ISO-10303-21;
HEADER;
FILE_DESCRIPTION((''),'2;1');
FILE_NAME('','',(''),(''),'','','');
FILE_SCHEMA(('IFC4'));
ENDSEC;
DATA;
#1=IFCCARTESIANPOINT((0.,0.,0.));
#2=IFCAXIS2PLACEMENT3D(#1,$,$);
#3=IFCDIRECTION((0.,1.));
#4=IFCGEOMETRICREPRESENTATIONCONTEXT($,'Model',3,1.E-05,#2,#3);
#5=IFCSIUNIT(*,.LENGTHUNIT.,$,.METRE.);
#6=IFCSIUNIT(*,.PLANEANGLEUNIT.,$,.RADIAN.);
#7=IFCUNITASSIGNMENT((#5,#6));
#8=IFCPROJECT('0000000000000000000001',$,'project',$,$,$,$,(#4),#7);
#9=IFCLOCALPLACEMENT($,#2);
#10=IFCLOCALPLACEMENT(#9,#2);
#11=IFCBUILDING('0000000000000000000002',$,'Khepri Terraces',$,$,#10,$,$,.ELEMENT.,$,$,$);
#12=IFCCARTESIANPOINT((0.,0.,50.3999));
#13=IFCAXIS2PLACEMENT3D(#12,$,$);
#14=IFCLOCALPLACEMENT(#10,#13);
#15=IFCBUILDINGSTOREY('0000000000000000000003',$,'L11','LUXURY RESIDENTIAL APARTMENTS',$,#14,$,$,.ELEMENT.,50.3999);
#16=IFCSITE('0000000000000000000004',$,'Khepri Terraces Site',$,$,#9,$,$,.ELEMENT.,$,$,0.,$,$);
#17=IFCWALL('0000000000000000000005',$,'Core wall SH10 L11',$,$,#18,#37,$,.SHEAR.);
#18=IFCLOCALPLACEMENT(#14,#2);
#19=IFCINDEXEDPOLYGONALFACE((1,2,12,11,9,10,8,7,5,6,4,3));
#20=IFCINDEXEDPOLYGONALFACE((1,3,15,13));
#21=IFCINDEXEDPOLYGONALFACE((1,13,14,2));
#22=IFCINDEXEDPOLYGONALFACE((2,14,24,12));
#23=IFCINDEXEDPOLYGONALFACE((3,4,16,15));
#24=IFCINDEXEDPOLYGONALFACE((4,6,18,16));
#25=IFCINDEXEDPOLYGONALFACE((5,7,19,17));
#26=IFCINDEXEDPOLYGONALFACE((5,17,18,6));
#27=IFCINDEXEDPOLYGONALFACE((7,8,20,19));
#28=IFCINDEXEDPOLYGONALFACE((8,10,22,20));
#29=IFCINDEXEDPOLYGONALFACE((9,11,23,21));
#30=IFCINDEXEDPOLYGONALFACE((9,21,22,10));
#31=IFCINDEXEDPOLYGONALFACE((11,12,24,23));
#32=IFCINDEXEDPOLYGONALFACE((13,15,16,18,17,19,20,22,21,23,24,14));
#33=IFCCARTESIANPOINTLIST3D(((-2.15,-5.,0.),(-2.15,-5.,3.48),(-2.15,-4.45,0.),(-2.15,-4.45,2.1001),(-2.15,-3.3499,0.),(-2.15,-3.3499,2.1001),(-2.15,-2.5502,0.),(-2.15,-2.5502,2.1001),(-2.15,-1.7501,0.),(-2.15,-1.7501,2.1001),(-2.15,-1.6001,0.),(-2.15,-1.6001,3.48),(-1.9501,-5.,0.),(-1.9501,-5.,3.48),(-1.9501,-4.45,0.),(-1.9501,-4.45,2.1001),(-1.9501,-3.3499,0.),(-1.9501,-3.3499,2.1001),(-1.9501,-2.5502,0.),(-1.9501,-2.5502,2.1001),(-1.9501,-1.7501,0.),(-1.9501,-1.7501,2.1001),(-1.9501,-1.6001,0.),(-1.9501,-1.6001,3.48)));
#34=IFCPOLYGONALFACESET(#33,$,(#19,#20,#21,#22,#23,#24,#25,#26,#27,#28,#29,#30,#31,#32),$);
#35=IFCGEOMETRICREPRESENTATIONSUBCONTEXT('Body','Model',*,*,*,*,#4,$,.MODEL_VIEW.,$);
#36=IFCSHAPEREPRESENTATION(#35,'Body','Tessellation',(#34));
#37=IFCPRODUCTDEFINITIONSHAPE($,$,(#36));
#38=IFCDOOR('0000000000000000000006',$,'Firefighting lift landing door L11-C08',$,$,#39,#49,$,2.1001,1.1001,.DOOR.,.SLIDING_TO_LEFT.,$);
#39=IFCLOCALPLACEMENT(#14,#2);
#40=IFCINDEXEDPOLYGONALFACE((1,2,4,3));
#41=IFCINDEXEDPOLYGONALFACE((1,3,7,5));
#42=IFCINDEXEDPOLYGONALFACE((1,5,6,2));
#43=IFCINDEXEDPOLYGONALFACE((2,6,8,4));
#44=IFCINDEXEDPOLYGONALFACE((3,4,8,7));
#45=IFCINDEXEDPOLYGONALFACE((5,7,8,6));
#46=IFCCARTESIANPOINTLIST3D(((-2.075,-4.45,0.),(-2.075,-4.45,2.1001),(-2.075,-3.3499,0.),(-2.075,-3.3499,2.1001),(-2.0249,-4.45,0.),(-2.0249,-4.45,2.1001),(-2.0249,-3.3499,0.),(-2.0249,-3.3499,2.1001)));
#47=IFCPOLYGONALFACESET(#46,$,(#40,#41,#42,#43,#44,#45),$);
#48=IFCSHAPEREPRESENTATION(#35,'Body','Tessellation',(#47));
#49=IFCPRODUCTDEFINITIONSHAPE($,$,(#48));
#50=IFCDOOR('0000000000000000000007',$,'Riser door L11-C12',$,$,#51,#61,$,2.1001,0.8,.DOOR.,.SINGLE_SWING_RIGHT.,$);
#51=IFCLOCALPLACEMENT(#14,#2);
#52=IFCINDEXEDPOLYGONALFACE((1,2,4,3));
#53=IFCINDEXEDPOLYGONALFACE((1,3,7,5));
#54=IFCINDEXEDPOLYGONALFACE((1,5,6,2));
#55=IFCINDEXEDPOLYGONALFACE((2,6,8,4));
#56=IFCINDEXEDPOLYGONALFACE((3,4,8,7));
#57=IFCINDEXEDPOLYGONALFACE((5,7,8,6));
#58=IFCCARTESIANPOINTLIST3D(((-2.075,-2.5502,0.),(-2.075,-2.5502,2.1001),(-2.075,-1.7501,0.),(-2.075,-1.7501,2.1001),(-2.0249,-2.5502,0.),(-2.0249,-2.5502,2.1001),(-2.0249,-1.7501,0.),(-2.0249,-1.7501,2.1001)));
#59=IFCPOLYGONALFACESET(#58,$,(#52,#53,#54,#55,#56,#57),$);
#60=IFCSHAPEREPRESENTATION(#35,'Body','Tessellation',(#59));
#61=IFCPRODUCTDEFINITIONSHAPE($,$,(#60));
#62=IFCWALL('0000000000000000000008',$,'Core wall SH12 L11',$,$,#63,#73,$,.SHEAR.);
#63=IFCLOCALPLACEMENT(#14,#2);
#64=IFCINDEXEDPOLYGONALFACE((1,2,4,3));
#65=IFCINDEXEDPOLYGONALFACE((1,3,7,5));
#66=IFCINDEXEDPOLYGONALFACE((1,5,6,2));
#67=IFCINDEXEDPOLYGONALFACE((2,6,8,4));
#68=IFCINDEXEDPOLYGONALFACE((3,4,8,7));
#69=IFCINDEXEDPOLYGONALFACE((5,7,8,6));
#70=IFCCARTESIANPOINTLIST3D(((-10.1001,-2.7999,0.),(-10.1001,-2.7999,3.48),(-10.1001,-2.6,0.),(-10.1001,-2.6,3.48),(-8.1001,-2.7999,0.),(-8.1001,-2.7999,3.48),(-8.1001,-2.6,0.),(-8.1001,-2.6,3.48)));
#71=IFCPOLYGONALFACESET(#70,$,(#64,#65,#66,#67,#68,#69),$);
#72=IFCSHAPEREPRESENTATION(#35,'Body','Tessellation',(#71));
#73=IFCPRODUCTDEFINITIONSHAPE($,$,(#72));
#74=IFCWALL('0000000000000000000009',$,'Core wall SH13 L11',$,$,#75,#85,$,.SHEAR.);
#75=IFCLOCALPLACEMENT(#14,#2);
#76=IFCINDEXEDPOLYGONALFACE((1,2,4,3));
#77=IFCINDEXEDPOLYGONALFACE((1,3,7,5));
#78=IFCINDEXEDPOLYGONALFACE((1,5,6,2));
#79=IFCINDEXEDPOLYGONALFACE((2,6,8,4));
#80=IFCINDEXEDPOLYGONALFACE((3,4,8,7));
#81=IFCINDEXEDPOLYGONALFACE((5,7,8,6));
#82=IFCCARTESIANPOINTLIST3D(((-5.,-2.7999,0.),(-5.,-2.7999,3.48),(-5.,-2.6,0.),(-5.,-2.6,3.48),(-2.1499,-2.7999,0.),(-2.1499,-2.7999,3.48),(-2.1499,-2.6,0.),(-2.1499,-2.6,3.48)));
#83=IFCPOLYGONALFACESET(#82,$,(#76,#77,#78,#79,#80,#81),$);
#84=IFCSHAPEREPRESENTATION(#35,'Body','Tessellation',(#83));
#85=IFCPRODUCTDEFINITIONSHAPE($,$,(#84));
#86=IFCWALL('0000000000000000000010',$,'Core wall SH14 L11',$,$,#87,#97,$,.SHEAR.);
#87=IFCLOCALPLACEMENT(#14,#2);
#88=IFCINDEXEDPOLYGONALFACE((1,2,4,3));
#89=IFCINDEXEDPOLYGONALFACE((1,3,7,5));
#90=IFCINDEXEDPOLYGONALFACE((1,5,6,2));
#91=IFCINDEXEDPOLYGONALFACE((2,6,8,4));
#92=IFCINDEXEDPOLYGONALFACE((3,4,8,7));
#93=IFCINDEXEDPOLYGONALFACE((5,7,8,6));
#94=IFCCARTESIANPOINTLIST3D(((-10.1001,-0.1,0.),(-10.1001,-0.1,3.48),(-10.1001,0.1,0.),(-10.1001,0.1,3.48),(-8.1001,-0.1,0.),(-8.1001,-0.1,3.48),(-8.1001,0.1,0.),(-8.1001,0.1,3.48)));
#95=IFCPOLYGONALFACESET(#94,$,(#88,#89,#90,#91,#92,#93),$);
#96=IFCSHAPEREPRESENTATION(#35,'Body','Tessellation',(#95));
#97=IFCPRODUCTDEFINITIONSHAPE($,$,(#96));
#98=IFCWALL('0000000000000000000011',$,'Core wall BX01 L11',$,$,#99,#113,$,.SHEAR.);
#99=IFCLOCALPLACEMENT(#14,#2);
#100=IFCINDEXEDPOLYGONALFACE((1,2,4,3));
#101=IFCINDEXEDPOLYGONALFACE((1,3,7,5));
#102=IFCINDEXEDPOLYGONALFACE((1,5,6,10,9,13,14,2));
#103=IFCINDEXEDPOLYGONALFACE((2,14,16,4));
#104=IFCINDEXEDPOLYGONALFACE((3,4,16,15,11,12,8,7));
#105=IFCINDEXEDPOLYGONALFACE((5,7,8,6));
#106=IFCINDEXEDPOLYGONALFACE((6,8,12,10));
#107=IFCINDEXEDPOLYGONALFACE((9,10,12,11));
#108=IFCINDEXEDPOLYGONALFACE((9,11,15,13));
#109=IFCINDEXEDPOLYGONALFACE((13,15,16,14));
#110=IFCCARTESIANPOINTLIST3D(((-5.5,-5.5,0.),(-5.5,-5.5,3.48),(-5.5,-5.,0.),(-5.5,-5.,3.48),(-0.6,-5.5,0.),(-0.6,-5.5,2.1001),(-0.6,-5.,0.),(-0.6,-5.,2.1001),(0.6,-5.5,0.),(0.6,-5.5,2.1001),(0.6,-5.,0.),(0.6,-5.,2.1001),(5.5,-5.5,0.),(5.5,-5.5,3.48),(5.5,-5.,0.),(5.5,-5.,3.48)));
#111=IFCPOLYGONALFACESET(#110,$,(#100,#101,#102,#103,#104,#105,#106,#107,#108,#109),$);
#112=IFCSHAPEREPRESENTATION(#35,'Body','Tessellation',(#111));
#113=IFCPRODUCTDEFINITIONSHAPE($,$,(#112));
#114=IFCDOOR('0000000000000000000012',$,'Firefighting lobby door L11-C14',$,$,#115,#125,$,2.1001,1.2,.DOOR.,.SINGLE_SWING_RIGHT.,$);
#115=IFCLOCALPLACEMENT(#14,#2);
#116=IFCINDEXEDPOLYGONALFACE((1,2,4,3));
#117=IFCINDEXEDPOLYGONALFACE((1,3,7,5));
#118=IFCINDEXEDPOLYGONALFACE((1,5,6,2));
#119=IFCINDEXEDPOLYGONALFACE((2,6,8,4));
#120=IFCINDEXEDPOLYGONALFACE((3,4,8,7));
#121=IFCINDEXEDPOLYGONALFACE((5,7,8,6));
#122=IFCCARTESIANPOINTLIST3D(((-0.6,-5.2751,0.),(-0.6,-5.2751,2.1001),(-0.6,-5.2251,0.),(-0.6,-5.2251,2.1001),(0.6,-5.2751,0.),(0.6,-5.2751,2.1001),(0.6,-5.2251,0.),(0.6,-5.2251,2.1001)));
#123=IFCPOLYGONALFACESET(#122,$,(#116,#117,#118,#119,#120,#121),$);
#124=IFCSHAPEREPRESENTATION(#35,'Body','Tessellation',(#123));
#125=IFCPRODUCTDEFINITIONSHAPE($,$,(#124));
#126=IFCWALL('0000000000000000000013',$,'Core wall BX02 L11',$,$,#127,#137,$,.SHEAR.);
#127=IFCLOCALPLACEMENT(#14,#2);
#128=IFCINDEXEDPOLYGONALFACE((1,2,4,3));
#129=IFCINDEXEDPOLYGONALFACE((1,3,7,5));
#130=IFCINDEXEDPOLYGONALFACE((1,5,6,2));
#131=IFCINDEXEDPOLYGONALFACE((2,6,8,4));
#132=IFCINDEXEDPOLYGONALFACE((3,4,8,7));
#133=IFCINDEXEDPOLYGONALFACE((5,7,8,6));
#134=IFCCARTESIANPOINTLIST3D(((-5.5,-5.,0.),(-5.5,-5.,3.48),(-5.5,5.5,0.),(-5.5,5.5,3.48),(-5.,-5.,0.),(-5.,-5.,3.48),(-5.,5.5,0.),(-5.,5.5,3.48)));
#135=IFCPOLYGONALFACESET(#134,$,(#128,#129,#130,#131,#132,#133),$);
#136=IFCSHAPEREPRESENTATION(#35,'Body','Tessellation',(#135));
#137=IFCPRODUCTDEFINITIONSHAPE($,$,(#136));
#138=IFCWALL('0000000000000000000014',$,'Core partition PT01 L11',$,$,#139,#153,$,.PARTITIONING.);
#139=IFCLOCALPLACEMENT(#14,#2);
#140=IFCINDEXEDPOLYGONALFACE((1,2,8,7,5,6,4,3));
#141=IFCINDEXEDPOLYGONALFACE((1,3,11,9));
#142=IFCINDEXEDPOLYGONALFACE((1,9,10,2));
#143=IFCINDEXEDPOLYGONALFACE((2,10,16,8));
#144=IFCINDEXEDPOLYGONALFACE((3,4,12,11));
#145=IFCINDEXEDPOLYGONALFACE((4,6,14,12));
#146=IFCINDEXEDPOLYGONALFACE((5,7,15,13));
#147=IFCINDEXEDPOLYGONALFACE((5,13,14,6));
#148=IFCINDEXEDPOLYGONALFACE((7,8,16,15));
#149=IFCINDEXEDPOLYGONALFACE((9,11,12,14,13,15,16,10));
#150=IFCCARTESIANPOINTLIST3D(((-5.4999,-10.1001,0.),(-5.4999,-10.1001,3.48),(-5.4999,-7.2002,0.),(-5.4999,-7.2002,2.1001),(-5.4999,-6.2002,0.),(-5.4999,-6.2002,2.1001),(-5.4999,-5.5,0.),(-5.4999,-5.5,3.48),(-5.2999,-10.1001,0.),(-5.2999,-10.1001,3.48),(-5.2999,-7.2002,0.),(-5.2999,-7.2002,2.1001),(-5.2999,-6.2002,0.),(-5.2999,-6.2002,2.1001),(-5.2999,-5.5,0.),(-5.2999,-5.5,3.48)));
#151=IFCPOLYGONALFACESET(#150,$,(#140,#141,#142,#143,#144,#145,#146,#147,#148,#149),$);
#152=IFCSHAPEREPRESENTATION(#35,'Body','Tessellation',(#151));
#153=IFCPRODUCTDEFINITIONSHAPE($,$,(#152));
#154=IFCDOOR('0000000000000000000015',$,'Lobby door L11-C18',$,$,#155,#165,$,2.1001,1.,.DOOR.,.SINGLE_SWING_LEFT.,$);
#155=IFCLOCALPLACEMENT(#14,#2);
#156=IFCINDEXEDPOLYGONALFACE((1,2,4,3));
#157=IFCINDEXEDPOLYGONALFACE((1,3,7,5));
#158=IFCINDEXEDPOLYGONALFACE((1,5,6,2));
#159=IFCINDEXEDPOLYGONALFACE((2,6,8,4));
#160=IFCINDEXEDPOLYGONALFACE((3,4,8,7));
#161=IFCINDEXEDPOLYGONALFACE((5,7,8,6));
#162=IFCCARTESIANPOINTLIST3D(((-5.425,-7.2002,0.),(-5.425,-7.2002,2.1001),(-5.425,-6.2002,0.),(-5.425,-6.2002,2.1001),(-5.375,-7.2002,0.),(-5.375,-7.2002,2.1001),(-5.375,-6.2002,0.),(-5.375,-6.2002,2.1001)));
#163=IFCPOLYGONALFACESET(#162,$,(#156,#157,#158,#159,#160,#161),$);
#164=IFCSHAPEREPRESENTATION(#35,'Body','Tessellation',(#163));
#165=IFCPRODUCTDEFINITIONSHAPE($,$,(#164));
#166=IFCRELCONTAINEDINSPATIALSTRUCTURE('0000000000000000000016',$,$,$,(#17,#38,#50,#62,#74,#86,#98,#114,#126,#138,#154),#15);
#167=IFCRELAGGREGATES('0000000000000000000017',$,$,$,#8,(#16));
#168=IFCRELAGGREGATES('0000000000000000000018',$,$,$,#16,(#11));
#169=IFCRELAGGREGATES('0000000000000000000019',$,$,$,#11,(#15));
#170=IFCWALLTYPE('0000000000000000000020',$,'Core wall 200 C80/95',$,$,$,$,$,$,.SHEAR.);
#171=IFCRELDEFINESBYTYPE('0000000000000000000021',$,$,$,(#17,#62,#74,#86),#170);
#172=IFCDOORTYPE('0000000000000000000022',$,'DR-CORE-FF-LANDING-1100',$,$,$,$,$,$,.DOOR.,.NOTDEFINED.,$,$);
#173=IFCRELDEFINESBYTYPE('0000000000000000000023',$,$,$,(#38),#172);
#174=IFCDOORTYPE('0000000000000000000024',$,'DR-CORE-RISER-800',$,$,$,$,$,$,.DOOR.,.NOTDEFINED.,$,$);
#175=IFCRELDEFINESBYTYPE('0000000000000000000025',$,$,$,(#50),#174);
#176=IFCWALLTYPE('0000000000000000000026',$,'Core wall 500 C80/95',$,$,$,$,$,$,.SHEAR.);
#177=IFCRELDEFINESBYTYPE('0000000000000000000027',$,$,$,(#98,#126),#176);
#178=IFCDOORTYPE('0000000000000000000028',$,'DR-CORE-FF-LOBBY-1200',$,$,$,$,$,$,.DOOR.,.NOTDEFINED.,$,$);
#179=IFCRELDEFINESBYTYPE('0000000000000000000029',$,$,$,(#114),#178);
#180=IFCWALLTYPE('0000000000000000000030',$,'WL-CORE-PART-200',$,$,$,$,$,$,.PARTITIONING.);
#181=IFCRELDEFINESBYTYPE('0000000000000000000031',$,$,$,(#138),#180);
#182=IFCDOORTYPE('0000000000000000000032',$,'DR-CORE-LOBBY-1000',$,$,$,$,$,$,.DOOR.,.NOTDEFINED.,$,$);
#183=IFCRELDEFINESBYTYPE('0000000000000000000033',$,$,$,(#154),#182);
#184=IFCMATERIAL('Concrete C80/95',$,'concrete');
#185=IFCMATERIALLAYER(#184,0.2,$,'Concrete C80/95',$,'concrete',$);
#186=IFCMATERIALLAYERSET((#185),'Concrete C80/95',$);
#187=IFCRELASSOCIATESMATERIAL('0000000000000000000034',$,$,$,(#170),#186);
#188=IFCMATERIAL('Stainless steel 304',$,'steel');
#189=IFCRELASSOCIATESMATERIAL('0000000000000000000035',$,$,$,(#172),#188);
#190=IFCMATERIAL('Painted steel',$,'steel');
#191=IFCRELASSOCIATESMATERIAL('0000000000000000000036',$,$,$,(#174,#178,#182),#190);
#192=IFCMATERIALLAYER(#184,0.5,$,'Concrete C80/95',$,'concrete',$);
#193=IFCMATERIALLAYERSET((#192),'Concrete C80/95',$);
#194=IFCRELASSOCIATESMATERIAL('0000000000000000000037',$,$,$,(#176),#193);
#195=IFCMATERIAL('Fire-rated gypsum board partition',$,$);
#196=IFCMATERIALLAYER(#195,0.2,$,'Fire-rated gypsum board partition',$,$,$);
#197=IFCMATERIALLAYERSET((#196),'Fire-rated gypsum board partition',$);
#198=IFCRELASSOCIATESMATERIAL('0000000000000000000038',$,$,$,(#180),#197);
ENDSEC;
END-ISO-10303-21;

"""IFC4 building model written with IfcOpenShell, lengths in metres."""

from ifc_helpers import new_model, si_unit, direction, frame, frame_2d, origin, place, context, subcontext, project, spatial, rectangle, extrude, material, layer, layer_set, type_object, element, fill, save


model = new_model("IFC4")

# Units and contexts
model_context = context("Model", 3, precision=1e-05, world=origin(), true_north=direction((0.0, 1.0)))
body_context = subcontext(model_context, "Body", "Model", "MODEL_VIEW")
ifc_project = project(units=[si_unit("LENGTHUNIT", "METRE"), si_unit("PLANEANGLEUNIT", "RADIAN")], contexts=[model_context])

# Site, building, storey
site_placement = place(None, origin())
site = spatial("IfcSite", under=ifc_project, at=site_placement, Name="Khepri Terraces Site", CompositionType="ELEMENT", RefElevation=0.0)
building_placement = place(site_placement, origin())
building = spatial("IfcBuilding", under=site, at=building_placement, Name="Khepri Terraces", CompositionType="ELEMENT")
storey_placement = place(building_placement, frame((0.0, 0.0, 50.3999)))
storey = spatial("IfcBuildingStorey", under=building, at=storey_placement, Name="L11", Description="LUXURY RESIDENTIAL APARTMENTS", CompositionType="ELEMENT", Elevation=50.3999)

# Shared definitions
ifc_material_1 = material(Name="Concrete C80/95", Category="concrete")
ifc_layer_1 = layer(ifc_material_1, 0.2, Name="Concrete C80/95", Category="concrete")
ifc_layer_set_1 = layer_set([ifc_layer_1], Name="Concrete C80/95")
wall_type_1 = type_object("IfcWallType", Name="Core wall 200 C80/95", PredefinedType="SHEAR", material=ifc_layer_set_1)

# Shared definitions
ifc_material_2 = material(Name="Painted steel", Category="steel")

# Shared definitions
ifc_material_3 = material(Name="Stainless steel 304", Category="steel")

# Wall, openings, doors
wall_1_placement = place(storey_placement, frame((-2.05, -5.0, 0.0), z_axis=(0.0, 0.0, 1.0), x_axis=(0.0, 1.0, 0.0)))
wall_1 = element("IfcWall", 1, at=wall_1_placement, inside=storey, type_object=wall_type_1, Name="Core wall SH10 L11", PredefinedType="SHEAR", context=body_context, shape_type="SweptSolid", body=[
    extrude(rectangle(XDim=3.3999, YDim=0.2, at=frame_2d((1.7, 0.0))), origin(), (0.0, 0.0, 1.0), 3.48),
])
opening_1_placement = place(wall_1_placement, frame((0.55, 0.0, 0.0)))
opening_1 = element("IfcOpeningElement", 2, at=opening_1_placement, cuts=wall_1, PredefinedType="OPENING", context=body_context, shape_type="SweptSolid", body=[
    extrude(rectangle(XDim=1.1001, YDim=2.1001, at=frame_2d((0.55, 1.05))), frame((0.0, 0.1099, 0.0), z_axis=(0.0, -1.0, 0.0), x_axis=(1.0, 0.0, 0.0)), (0.0, 0.0, 1.0), 0.22),
])
opening_2_placement = place(wall_1_placement, frame((2.45, 0.0, 0.0)))
opening_2 = element("IfcOpeningElement", 3, at=opening_2_placement, cuts=wall_1, PredefinedType="OPENING", context=body_context, shape_type="SweptSolid", body=[
    extrude(rectangle(XDim=0.8, YDim=2.1001, at=frame_2d((0.3999, 1.05))), frame((0.0, 0.1099, 0.0), z_axis=(0.0, -1.0, 0.0), x_axis=(1.0, 0.0, 0.0)), (0.0, 0.0, 1.0), 0.22),
])
door_type_1 = type_object("IfcDoorType", Name="DR-CORE-FF-LANDING-1100", OperationType="NOTDEFINED", PredefinedType="DOOR", material=ifc_material_3)
door_1_placement = place(opening_1_placement, origin())
door_1 = element("IfcDoor", 4, at=door_1_placement, inside=storey, type_object=door_type_1, Name="Firefighting lift landing door L11-C08", OperationType="SLIDING_TO_LEFT", OverallHeight=2.1001, OverallWidth=1.1001, PredefinedType="DOOR", context=body_context, shape_type="SweptSolid", body=[
    extrude(rectangle(XDim=1.1001, YDim=2.1001, at=frame_2d((0.55, 1.05))), frame((0.0, 0.0249, 0.0), z_axis=(0.0, -1.0, 0.0), x_axis=(1.0, 0.0, 0.0)), (0.0, 0.0, 1.0), 0.05),
])
fill(opening_1, door_1)
door_type_2 = type_object("IfcDoorType", Name="DR-CORE-RISER-800", OperationType="NOTDEFINED", PredefinedType="DOOR", material=ifc_material_2)
door_2_placement = place(opening_2_placement, origin())
door_2 = element("IfcDoor", 5, at=door_2_placement, inside=storey, type_object=door_type_2, Name="Riser door L11-C12", OperationType="SINGLE_SWING_RIGHT", OverallHeight=2.1001, OverallWidth=0.8, PredefinedType="DOOR", context=body_context, shape_type="SweptSolid", body=[
    extrude(rectangle(XDim=0.8, YDim=2.1001, at=frame_2d((0.3999, 1.05))), frame((0.0, 0.0249, 0.0), z_axis=(0.0, -1.0, 0.0), x_axis=(1.0, 0.0, 0.0)), (0.0, 0.0, 1.0), 0.05),
])
fill(opening_2, door_2)

# Walls
wall_2_placement = place(storey_placement, frame((-10.1001, -2.7, 0.0), z_axis=(0.0, 0.0, 1.0), x_axis=(1.0, 0.0, 0.0)))
element("IfcWall", 6, at=wall_2_placement, inside=storey, type_object=wall_type_1, Name="Core wall SH12 L11", PredefinedType="SHEAR", context=body_context, shape_type="SweptSolid", body=[
    extrude(rectangle(XDim=2.0, YDim=0.2, at=frame_2d((1.0, 0.0))), origin(), (0.0, 0.0, 1.0), 3.48),
])
wall_3_placement = place(storey_placement, frame((-5.0, -2.7, 0.0), z_axis=(0.0, 0.0, 1.0), x_axis=(1.0, 0.0, 0.0)))
element("IfcWall", 7, at=wall_3_placement, inside=storey, type_object=wall_type_1, Name="Core wall SH13 L11", PredefinedType="SHEAR", context=body_context, shape_type="SweptSolid", body=[
    extrude(rectangle(XDim=2.8501, YDim=0.2, at=frame_2d((1.425, 0.0))), origin(), (0.0, 0.0, 1.0), 3.48),
])
wall_4_placement = place(storey_placement, frame((-10.1001, 0.0, 0.0), z_axis=(0.0, 0.0, 1.0), x_axis=(1.0, 0.0, 0.0)))
element("IfcWall", 8, at=wall_4_placement, inside=storey, type_object=wall_type_1, Name="Core wall SH14 L11", PredefinedType="SHEAR", context=body_context, shape_type="SweptSolid", body=[
    extrude(rectangle(XDim=2.0, YDim=0.2, at=frame_2d((1.0, 0.0))), origin(), (0.0, 0.0, 1.0), 3.48),
])

# Wall, opening, door
ifc_layer_2 = layer(ifc_material_1, 0.5, Name="Concrete C80/95", Category="concrete")
ifc_layer_set_2 = layer_set([ifc_layer_2], Name="Concrete C80/95")
wall_type_2 = type_object("IfcWallType", Name="Core wall 500 C80/95", PredefinedType="SHEAR", material=ifc_layer_set_2)
wall_5_placement = place(storey_placement, frame((-5.5, -5.25, 0.0), z_axis=(0.0, 0.0, 1.0), x_axis=(1.0, 0.0, 0.0)))
wall_5 = element("IfcWall", 9, at=wall_5_placement, inside=storey, type_object=wall_type_2, Name="Core wall BX01 L11", PredefinedType="SHEAR", context=body_context, shape_type="SweptSolid", body=[
    extrude(rectangle(XDim=11.0, YDim=0.5, at=frame_2d((5.5, 0.0))), origin(), (0.0, 0.0, 1.0), 3.48),
])
opening_3_placement = place(wall_5_placement, frame((4.8999, 0.0, 0.0)))
opening_3 = element("IfcOpeningElement", 10, at=opening_3_placement, cuts=wall_5, PredefinedType="OPENING", context=body_context, shape_type="SweptSolid", body=[
    extrude(rectangle(XDim=1.2, YDim=2.1001, at=frame_2d((0.6001, 1.05))), frame((0.0, 0.26, 0.0), z_axis=(0.0, -1.0, 0.0), x_axis=(1.0, 0.0, 0.0)), (0.0, 0.0, 1.0), 0.52),
])
door_type_3 = type_object("IfcDoorType", Name="DR-CORE-FF-LOBBY-1200", OperationType="NOTDEFINED", PredefinedType="DOOR", material=ifc_material_2)
door_3_placement = place(opening_3_placement, origin())
door_3 = element("IfcDoor", 11, at=door_3_placement, inside=storey, type_object=door_type_3, Name="Firefighting lobby door L11-C14", OperationType="SINGLE_SWING_RIGHT", OverallHeight=2.1001, OverallWidth=1.2, PredefinedType="DOOR", context=body_context, shape_type="SweptSolid", body=[
    extrude(rectangle(XDim=1.2, YDim=2.1001, at=frame_2d((0.6001, 1.05))), frame((0.0, 0.0249, 0.0), z_axis=(0.0, -1.0, 0.0), x_axis=(1.0, 0.0, 0.0)), (0.0, 0.0, 1.0), 0.05),
])
fill(opening_3, door_3)

# Wall
wall_6_placement = place(storey_placement, frame((-5.25, -5.0, 0.0), z_axis=(0.0, 0.0, 1.0), x_axis=(0.0, 1.0, 0.0)))
element("IfcWall", 12, at=wall_6_placement, inside=storey, type_object=wall_type_2, Name="Core wall BX02 L11", PredefinedType="SHEAR", context=body_context, shape_type="SweptSolid", body=[
    extrude(rectangle(XDim=10.5, YDim=0.5, at=frame_2d((5.25, 0.0))), origin(), (0.0, 0.0, 1.0), 3.48),
])

# Wall, opening, door
ifc_material_4 = material(Name="Fire-rated gypsum board partition")
ifc_layer_3 = layer(ifc_material_4, 0.2, Name="Fire-rated gypsum board partition")
ifc_layer_set_3 = layer_set([ifc_layer_3], Name="Fire-rated gypsum board partition")
wall_type_3 = type_object("IfcWallType", Name="WL-CORE-PART-200", PredefinedType="PARTITIONING", material=ifc_layer_set_3)
wall_7_placement = place(storey_placement, frame((-5.3999, -10.1001, 0.0), z_axis=(0.0, 0.0, 1.0), x_axis=(0.0, 1.0, 0.0)))
wall_7 = element("IfcWall", 13, at=wall_7_placement, inside=storey, type_object=wall_type_3, Name="Core partition PT01 L11", PredefinedType="PARTITIONING", context=body_context, shape_type="SweptSolid", body=[
    extrude(rectangle(XDim=4.6001, YDim=0.2, at=frame_2d((2.3, 0.0))), origin(), (0.0, 0.0, 1.0), 3.48),
])
opening_4_placement = place(wall_7_placement, frame((2.8999, 0.0, 0.0)))
opening_4 = element("IfcOpeningElement", 14, at=opening_4_placement, cuts=wall_7, PredefinedType="OPENING", context=body_context, shape_type="SweptSolid", body=[
    extrude(rectangle(XDim=1.0, YDim=2.1001, at=frame_2d((0.5, 1.05))), frame((0.0, 0.1099, 0.0), z_axis=(0.0, -1.0, 0.0), x_axis=(1.0, 0.0, 0.0)), (0.0, 0.0, 1.0), 0.22),
])
door_type_4 = type_object("IfcDoorType", Name="DR-CORE-LOBBY-1000", OperationType="NOTDEFINED", PredefinedType="DOOR", material=ifc_material_2)
door_4_placement = place(opening_4_placement, frame((1.0, 0.0, 0.0), z_axis=(0.0, 0.0, 1.0), x_axis=(-1.0, 0.0, 0.0)))
door_4 = element("IfcDoor", 15, at=door_4_placement, inside=storey, type_object=door_type_4, Name="Lobby door L11-C18", OperationType="SINGLE_SWING_LEFT", OverallHeight=2.1001, OverallWidth=1.0, PredefinedType="DOOR", context=body_context, shape_type="SweptSolid", body=[
    extrude(rectangle(XDim=1.0, YDim=2.1001, at=frame_2d((0.5, 1.05))), frame((0.0, 0.0249, 0.0), z_axis=(0.0, -1.0, 0.0), x_axis=(1.0, 0.0, 0.0)), (0.0, 0.0, 1.0), 0.05),
])
fill(opening_4, door_4)

save(model, "model.ifc")
